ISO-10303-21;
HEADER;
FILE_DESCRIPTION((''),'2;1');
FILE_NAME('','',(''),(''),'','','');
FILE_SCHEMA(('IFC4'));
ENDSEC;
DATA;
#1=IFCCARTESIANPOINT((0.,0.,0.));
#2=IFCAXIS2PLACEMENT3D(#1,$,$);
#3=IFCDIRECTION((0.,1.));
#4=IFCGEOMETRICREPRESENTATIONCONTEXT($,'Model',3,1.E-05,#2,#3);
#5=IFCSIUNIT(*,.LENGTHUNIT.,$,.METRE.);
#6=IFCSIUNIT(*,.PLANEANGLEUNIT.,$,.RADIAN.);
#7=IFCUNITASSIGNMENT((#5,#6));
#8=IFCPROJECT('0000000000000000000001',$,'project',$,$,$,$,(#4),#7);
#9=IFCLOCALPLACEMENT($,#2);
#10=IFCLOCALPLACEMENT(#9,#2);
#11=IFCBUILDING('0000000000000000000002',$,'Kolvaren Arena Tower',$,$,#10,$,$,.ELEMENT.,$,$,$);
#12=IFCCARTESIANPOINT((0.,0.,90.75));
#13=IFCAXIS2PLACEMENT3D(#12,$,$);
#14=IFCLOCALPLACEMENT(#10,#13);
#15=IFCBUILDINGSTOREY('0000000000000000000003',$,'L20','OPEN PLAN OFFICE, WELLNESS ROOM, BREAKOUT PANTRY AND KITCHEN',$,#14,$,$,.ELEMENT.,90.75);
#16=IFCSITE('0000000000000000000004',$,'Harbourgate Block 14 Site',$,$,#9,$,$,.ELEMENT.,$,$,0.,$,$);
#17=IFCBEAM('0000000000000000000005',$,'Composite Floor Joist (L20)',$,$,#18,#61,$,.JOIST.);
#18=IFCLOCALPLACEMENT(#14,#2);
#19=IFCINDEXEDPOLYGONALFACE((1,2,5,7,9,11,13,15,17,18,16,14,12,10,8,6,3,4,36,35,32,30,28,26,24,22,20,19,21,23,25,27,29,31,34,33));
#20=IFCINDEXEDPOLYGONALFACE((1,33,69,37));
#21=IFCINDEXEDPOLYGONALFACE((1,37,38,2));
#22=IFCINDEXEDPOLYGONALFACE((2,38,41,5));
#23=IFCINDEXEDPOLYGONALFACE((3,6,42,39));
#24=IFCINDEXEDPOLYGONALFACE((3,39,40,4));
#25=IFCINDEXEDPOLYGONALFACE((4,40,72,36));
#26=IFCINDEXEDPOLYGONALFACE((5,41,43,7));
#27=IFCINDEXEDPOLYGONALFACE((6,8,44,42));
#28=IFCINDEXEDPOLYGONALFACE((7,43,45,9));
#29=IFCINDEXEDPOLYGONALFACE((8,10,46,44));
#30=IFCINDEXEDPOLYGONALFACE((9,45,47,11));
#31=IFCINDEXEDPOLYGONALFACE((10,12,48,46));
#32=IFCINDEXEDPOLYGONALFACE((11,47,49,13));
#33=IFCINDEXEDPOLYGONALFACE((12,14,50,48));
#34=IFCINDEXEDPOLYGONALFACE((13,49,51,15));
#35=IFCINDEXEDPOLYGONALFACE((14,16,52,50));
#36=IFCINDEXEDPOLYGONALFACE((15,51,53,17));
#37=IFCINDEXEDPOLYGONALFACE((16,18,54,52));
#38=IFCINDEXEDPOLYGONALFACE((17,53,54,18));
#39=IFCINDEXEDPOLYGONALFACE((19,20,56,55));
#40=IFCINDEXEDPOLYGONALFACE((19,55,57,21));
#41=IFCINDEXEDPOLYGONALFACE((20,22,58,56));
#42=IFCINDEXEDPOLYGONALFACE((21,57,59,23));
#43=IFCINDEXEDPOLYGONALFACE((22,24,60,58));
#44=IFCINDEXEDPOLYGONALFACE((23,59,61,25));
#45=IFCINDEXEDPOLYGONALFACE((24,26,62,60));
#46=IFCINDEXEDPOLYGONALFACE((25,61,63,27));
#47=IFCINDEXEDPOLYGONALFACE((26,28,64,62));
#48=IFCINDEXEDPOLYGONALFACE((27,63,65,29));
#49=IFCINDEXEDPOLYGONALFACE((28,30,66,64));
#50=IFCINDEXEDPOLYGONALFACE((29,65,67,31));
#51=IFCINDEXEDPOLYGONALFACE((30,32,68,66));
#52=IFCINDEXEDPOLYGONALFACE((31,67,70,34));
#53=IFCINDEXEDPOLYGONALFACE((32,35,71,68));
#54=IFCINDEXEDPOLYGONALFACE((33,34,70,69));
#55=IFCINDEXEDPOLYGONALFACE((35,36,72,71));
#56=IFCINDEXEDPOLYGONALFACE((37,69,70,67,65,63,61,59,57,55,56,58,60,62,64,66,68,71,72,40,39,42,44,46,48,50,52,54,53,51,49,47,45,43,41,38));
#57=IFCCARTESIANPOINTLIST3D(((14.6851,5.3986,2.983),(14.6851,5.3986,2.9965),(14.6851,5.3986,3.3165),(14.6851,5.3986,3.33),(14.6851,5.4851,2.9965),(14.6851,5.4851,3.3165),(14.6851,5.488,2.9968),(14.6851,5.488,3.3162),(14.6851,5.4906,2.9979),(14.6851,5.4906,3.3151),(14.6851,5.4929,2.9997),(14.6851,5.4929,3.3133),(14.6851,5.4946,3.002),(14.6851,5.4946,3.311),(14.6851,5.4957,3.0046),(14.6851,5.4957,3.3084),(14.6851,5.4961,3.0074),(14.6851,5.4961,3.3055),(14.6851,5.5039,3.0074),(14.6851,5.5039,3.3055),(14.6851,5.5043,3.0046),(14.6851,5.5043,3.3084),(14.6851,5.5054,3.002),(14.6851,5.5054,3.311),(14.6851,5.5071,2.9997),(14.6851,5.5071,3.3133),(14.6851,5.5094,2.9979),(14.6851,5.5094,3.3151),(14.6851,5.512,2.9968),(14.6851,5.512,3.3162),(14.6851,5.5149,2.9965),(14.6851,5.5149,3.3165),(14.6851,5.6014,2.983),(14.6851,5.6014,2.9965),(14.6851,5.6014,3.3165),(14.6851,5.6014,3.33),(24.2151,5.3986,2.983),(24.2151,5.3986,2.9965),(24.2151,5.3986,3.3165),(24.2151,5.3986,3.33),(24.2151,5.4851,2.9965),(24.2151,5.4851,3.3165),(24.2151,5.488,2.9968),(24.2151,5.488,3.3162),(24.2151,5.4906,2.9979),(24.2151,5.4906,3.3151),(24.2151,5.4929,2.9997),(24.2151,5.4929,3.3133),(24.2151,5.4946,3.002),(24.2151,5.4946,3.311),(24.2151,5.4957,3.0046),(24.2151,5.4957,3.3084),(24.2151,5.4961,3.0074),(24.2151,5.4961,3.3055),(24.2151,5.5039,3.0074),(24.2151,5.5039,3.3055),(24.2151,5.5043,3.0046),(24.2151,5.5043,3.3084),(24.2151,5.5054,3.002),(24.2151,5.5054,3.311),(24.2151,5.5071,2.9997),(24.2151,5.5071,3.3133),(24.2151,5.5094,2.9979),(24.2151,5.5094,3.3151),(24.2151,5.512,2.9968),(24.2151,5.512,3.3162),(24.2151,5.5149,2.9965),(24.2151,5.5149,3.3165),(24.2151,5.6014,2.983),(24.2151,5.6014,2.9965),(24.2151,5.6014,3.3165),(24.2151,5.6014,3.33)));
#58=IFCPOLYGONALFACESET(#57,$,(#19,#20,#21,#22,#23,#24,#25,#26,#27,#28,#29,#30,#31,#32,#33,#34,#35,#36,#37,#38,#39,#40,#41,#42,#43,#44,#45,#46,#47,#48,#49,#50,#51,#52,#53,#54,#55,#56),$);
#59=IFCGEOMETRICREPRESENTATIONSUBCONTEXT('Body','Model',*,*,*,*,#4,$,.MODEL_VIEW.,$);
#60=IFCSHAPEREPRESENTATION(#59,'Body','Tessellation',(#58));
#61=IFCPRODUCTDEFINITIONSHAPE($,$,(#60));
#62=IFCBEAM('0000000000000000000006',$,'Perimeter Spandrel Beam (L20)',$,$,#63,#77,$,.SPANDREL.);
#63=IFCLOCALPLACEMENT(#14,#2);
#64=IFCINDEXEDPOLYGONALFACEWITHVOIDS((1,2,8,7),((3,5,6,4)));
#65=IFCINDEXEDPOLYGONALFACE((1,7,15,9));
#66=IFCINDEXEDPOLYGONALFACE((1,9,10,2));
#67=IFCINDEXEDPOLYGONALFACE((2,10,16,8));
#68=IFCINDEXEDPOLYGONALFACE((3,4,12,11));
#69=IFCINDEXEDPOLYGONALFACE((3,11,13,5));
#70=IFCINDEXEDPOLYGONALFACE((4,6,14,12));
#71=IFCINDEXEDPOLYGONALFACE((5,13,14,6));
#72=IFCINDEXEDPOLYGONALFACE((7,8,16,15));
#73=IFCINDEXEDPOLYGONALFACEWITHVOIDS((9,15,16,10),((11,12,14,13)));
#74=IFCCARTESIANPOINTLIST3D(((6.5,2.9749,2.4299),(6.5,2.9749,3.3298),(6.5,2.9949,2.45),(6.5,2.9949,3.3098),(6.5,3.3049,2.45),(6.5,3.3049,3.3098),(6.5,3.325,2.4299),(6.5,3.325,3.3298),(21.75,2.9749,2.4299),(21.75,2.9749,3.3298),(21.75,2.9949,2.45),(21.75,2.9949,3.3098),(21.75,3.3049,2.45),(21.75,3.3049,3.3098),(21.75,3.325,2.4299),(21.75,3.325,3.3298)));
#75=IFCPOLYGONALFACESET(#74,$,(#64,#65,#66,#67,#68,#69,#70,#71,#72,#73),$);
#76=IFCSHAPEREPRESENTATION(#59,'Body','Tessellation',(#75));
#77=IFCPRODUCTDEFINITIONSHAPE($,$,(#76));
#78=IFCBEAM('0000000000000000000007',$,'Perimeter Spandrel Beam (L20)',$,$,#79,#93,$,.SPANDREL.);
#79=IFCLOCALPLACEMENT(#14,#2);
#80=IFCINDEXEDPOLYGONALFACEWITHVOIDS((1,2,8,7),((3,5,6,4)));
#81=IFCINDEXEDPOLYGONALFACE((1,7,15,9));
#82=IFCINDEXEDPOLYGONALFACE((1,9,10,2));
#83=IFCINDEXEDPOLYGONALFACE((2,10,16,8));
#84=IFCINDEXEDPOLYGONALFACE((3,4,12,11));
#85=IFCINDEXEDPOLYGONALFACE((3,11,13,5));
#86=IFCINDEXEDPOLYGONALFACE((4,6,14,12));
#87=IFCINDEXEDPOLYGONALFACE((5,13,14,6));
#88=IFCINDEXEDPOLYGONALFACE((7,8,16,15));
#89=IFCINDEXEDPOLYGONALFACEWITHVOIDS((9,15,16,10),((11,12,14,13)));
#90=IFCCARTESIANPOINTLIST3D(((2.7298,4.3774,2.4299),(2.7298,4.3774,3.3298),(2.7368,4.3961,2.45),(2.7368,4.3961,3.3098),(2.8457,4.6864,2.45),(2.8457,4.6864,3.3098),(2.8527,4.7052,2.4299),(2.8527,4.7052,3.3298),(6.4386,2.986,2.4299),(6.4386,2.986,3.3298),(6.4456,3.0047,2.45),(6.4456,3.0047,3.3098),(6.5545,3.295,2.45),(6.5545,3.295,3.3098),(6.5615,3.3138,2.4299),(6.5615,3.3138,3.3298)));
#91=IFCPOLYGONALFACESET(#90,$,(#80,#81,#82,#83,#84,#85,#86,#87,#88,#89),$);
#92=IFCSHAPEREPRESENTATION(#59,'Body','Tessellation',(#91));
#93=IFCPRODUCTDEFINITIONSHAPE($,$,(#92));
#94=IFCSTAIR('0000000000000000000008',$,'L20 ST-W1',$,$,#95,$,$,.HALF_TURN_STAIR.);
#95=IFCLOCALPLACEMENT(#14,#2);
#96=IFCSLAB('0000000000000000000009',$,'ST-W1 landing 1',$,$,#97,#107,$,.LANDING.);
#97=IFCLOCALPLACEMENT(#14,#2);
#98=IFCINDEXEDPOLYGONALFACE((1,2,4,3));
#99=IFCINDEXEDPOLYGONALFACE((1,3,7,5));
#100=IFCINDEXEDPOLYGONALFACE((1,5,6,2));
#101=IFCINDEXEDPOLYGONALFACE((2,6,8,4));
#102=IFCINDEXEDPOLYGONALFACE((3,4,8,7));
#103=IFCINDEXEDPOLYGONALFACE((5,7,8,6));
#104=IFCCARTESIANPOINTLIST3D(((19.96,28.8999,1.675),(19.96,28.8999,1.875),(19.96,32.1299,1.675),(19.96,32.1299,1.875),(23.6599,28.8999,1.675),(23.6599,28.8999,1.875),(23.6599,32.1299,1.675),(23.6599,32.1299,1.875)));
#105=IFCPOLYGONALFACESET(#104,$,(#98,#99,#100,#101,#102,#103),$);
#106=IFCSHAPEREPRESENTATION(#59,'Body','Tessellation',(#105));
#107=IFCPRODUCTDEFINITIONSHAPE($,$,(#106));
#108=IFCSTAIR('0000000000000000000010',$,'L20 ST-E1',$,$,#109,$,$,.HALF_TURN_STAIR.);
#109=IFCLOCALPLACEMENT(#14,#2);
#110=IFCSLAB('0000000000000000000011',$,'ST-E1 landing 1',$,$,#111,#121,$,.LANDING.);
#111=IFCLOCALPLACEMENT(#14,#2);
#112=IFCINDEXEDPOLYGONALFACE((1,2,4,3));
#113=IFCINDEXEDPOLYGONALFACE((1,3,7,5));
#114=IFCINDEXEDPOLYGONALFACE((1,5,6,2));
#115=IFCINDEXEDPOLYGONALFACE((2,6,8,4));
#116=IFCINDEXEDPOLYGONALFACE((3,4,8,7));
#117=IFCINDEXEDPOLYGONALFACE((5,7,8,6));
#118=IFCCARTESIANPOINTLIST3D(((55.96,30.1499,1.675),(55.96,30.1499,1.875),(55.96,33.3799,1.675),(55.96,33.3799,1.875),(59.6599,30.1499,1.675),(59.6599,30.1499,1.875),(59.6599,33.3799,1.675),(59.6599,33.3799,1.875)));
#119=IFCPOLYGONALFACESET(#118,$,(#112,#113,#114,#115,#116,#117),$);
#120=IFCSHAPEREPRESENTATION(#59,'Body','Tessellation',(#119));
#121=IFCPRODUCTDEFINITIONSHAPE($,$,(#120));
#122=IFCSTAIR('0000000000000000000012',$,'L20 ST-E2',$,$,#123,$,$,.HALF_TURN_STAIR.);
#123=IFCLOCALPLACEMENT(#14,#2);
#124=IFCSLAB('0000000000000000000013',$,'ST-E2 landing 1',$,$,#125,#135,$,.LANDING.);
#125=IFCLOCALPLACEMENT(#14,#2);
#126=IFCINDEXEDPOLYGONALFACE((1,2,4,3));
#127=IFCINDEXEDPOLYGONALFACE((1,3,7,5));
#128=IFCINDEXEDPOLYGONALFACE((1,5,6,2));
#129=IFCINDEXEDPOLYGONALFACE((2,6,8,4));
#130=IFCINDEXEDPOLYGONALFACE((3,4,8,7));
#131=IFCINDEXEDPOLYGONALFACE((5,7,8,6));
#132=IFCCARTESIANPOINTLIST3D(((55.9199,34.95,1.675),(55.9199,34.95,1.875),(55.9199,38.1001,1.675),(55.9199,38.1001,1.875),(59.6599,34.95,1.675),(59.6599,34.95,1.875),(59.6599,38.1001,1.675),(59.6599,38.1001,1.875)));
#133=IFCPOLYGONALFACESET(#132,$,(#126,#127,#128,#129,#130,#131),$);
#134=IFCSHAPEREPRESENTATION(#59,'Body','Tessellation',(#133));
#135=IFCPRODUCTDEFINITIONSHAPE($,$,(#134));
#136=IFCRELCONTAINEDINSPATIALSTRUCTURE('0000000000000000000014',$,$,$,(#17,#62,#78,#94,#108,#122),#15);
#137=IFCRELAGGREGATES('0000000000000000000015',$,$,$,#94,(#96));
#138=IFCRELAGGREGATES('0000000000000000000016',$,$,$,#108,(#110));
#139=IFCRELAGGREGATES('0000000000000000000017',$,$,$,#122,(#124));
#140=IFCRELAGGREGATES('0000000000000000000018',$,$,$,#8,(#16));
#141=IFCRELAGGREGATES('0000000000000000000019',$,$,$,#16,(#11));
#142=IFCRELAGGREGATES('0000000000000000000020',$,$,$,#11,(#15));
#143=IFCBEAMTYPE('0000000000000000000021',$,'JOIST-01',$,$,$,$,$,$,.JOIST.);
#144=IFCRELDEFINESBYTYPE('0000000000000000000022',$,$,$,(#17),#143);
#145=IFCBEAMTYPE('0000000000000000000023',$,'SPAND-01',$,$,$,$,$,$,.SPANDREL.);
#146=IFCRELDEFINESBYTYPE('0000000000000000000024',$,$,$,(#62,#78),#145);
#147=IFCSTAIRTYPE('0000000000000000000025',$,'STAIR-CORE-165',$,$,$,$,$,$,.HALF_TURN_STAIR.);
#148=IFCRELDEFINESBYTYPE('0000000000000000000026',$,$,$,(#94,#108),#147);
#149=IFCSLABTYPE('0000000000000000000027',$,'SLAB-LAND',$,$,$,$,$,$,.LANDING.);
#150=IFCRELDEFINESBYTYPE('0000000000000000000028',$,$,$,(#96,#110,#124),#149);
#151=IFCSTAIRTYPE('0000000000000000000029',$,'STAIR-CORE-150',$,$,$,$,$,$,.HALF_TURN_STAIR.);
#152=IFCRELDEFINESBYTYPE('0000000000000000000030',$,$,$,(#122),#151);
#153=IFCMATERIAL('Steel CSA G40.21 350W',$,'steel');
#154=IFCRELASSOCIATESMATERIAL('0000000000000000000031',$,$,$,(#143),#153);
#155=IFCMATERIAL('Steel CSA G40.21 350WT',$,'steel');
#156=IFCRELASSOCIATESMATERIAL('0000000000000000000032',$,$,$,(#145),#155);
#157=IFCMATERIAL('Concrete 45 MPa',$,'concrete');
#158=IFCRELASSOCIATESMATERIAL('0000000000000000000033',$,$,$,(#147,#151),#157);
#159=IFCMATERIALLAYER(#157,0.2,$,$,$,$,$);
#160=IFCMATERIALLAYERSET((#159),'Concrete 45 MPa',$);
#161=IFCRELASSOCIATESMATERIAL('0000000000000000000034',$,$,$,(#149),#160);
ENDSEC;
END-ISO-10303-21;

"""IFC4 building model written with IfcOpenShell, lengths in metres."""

from ifc_helpers import new_model, si_unit, direction, frame, origin, origin_2d, place, context, subcontext, project, spatial, polyline, hollow_rectangle, i_section, outline, extrude, material, layer, layer_set, material_profile, profile_set, type_object, element, aggregate, save


model = new_model("IFC4")

# Units and contexts
model_context = context("Model", 3, precision=1e-05, world=origin(), true_north=direction((0.0, 1.0)))
body_context = subcontext(model_context, "Body", "Model", "MODEL_VIEW")
ifc_project = project(units=[si_unit("LENGTHUNIT", "METRE"), si_unit("PLANEANGLEUNIT", "RADIAN")], contexts=[model_context])

# Site, building, storey
site_placement = place(None, origin())
site = spatial("IfcSite", under=ifc_project, at=site_placement, Name="Harbourgate Block 14 Site", CompositionType="ELEMENT", RefElevation=0.0)
building_placement = place(site_placement, origin())
building = spatial("IfcBuilding", under=site, at=building_placement, Name="Kolvaren Arena Tower", CompositionType="ELEMENT")
storey_placement = place(building_placement, frame((0.0, 0.0, 90.75)))
storey = spatial("IfcBuildingStorey", under=building, at=storey_placement, Name="L20", Description="OPEN PLAN OFFICE, WELLNESS ROOM, BREAKOUT PANTRY AND KITCHEN", CompositionType="ELEMENT", Elevation=90.75)

# Beams
ifc_material_1 = material(Name="Steel CSA G40.21 350W", Category="steel")
ifc_material_profile_1 = material_profile(ifc_material_1, i_section(OverallWidth=0.2029, OverallDepth=0.3469, WebThickness=0.0078, FlangeThickness=0.0134, FilletRadius=0.011, at=origin_2d()), Name="W360x64")
ifc_profile_set_1 = profile_set([ifc_material_profile_1], Name="Steel CSA G40.21 350W")
beam_type_1 = type_object("IfcBeamType", Name="JOIST-01", PredefinedType="JOIST", material=ifc_profile_set_1)
beam_1_placement = place(storey_placement, frame((14.6851, 5.5, 3.1565), z_axis=(1.0, 0.0, 0.0), x_axis=(0.0, 1.0, 0.0)))
element("IfcBeam", 1, at=beam_1_placement, inside=storey, type_object=beam_type_1, Name="Composite Floor Joist (L20)", PredefinedType="JOIST", context=body_context, shape_type="SweptSolid", body=[
    extrude(i_section(OverallWidth=0.2029, OverallDepth=0.3469, WebThickness=0.0078, FlangeThickness=0.0134, FilletRadius=0.011, at=origin_2d()), origin(), (0.0, 0.0, 1.0), 9.53),
])
ifc_material_2 = material(Name="Steel CSA G40.21 350WT", Category="steel")
ifc_material_profile_2 = material_profile(ifc_material_2, hollow_rectangle(XDim=0.3501, YDim=0.8999, WallThickness=0.02, at=origin_2d()), Name="HSS 900x350x20")
ifc_profile_set_2 = profile_set([ifc_material_profile_2], Name="Steel CSA G40.21 350WT")
beam_type_2 = type_object("IfcBeamType", Name="SPAND-01", PredefinedType="SPANDREL", material=ifc_profile_set_2)
beam_2_placement = place(storey_placement, frame((6.5, 3.1499, 2.8799), z_axis=(1.0, 0.0, 0.0), x_axis=(0.0, 1.0, 0.0)))
element("IfcBeam", 2, at=beam_2_placement, inside=storey, type_object=beam_type_2, Name="Perimeter Spandrel Beam (L20)", PredefinedType="SPANDREL", context=body_context, shape_type="SweptSolid", body=[
    extrude(hollow_rectangle(XDim=0.3501, YDim=0.8999, WallThickness=0.02, at=origin_2d()), origin(), (0.0, 0.0, 1.0), 15.25),
])
beam_3_placement = place(storey_placement, frame((2.7913, 4.5413, 2.8799), z_axis=(0.936281, -0.351252, 0.0), x_axis=(0.351252, 0.936281, 0.0)))
element("IfcBeam", 3, at=beam_3_placement, inside=storey, type_object=beam_type_2, Name="Perimeter Spandrel Beam (L20)", PredefinedType="SPANDREL", context=body_context, shape_type="SweptSolid", body=[
    extrude(hollow_rectangle(XDim=0.3501, YDim=0.8999, WallThickness=0.02, at=origin_2d()), origin(), (0.0, 0.0, 1.0), 3.9612),
])

# Stairs, slabs
ifc_material_3 = material(Name="Concrete 45 MPa", Category="concrete")
stair_type_1 = type_object("IfcStairType", Name="STAIR-CORE-165", PredefinedType="HALF_TURN_STAIR", material=ifc_material_3)
stair_1_placement = place(storey_placement, origin())
stair_1 = element("IfcStair", 4, at=stair_1_placement, inside=storey, type_object=stair_type_1, Name="L20 ST-W1", PredefinedType="HALF_TURN_STAIR")
ifc_layer_1 = layer(ifc_material_3, 0.2)
ifc_layer_set_1 = layer_set([ifc_layer_1], Name="Concrete 45 MPa")
slab_type_1 = type_object("IfcSlabType", Name="SLAB-LAND", PredefinedType="LANDING", material=ifc_layer_set_1)
slab_1_placement = place(storey_placement, frame((0.0, 0.0, 1.675)))
slab_1 = element("IfcSlab", 5, at=slab_1_placement, type_object=slab_type_1, Name="ST-W1 landing 1", PredefinedType="LANDING", context=body_context, shape_type="SweptSolid", body=[
    extrude(outline(polyline([(19.96, 28.8999), (23.6599, 28.8999), (23.6599, 32.1299), (19.96, 32.1299), (19.96, 28.8999)])), origin(), (0.0, 0.0, 1.0), 0.2),
])
aggregate(stair_1, [slab_1])
stair_2_placement = place(storey_placement, origin())
stair_2 = element("IfcStair", 6, at=stair_2_placement, inside=storey, type_object=stair_type_1, Name="L20 ST-E1", PredefinedType="HALF_TURN_STAIR")
slab_2_placement = place(storey_placement, frame((0.0, 0.0, 1.675)))
slab_2 = element("IfcSlab", 7, at=slab_2_placement, type_object=slab_type_1, Name="ST-E1 landing 1", PredefinedType="LANDING", context=body_context, shape_type="SweptSolid", body=[
    extrude(outline(polyline([(55.96, 30.1499), (59.6599, 30.1499), (59.6599, 33.3799), (55.96, 33.3799), (55.96, 30.1499)])), origin(), (0.0, 0.0, 1.0), 0.2),
])
aggregate(stair_2, [slab_2])
stair_type_2 = type_object("IfcStairType", Name="STAIR-CORE-150", PredefinedType="HALF_TURN_STAIR", material=ifc_material_3)
stair_3_placement = place(storey_placement, origin())
stair_3 = element("IfcStair", 8, at=stair_3_placement, inside=storey, type_object=stair_type_2, Name="L20 ST-E2", PredefinedType="HALF_TURN_STAIR")
slab_3_placement = place(storey_placement, frame((0.0, 0.0, 1.675)))
slab_3 = element("IfcSlab", 9, at=slab_3_placement, type_object=slab_type_1, Name="ST-E2 landing 1", PredefinedType="LANDING", context=body_context, shape_type="SweptSolid", body=[
    extrude(outline(polyline([(55.9199, 34.95), (59.6599, 34.95), (59.6599, 38.1001), (55.9199, 38.1001), (55.9199, 34.95)])), origin(), (0.0, 0.0, 1.0), 0.2),
])
aggregate(stair_3, [slab_3])

save(model, "model.ifc")
